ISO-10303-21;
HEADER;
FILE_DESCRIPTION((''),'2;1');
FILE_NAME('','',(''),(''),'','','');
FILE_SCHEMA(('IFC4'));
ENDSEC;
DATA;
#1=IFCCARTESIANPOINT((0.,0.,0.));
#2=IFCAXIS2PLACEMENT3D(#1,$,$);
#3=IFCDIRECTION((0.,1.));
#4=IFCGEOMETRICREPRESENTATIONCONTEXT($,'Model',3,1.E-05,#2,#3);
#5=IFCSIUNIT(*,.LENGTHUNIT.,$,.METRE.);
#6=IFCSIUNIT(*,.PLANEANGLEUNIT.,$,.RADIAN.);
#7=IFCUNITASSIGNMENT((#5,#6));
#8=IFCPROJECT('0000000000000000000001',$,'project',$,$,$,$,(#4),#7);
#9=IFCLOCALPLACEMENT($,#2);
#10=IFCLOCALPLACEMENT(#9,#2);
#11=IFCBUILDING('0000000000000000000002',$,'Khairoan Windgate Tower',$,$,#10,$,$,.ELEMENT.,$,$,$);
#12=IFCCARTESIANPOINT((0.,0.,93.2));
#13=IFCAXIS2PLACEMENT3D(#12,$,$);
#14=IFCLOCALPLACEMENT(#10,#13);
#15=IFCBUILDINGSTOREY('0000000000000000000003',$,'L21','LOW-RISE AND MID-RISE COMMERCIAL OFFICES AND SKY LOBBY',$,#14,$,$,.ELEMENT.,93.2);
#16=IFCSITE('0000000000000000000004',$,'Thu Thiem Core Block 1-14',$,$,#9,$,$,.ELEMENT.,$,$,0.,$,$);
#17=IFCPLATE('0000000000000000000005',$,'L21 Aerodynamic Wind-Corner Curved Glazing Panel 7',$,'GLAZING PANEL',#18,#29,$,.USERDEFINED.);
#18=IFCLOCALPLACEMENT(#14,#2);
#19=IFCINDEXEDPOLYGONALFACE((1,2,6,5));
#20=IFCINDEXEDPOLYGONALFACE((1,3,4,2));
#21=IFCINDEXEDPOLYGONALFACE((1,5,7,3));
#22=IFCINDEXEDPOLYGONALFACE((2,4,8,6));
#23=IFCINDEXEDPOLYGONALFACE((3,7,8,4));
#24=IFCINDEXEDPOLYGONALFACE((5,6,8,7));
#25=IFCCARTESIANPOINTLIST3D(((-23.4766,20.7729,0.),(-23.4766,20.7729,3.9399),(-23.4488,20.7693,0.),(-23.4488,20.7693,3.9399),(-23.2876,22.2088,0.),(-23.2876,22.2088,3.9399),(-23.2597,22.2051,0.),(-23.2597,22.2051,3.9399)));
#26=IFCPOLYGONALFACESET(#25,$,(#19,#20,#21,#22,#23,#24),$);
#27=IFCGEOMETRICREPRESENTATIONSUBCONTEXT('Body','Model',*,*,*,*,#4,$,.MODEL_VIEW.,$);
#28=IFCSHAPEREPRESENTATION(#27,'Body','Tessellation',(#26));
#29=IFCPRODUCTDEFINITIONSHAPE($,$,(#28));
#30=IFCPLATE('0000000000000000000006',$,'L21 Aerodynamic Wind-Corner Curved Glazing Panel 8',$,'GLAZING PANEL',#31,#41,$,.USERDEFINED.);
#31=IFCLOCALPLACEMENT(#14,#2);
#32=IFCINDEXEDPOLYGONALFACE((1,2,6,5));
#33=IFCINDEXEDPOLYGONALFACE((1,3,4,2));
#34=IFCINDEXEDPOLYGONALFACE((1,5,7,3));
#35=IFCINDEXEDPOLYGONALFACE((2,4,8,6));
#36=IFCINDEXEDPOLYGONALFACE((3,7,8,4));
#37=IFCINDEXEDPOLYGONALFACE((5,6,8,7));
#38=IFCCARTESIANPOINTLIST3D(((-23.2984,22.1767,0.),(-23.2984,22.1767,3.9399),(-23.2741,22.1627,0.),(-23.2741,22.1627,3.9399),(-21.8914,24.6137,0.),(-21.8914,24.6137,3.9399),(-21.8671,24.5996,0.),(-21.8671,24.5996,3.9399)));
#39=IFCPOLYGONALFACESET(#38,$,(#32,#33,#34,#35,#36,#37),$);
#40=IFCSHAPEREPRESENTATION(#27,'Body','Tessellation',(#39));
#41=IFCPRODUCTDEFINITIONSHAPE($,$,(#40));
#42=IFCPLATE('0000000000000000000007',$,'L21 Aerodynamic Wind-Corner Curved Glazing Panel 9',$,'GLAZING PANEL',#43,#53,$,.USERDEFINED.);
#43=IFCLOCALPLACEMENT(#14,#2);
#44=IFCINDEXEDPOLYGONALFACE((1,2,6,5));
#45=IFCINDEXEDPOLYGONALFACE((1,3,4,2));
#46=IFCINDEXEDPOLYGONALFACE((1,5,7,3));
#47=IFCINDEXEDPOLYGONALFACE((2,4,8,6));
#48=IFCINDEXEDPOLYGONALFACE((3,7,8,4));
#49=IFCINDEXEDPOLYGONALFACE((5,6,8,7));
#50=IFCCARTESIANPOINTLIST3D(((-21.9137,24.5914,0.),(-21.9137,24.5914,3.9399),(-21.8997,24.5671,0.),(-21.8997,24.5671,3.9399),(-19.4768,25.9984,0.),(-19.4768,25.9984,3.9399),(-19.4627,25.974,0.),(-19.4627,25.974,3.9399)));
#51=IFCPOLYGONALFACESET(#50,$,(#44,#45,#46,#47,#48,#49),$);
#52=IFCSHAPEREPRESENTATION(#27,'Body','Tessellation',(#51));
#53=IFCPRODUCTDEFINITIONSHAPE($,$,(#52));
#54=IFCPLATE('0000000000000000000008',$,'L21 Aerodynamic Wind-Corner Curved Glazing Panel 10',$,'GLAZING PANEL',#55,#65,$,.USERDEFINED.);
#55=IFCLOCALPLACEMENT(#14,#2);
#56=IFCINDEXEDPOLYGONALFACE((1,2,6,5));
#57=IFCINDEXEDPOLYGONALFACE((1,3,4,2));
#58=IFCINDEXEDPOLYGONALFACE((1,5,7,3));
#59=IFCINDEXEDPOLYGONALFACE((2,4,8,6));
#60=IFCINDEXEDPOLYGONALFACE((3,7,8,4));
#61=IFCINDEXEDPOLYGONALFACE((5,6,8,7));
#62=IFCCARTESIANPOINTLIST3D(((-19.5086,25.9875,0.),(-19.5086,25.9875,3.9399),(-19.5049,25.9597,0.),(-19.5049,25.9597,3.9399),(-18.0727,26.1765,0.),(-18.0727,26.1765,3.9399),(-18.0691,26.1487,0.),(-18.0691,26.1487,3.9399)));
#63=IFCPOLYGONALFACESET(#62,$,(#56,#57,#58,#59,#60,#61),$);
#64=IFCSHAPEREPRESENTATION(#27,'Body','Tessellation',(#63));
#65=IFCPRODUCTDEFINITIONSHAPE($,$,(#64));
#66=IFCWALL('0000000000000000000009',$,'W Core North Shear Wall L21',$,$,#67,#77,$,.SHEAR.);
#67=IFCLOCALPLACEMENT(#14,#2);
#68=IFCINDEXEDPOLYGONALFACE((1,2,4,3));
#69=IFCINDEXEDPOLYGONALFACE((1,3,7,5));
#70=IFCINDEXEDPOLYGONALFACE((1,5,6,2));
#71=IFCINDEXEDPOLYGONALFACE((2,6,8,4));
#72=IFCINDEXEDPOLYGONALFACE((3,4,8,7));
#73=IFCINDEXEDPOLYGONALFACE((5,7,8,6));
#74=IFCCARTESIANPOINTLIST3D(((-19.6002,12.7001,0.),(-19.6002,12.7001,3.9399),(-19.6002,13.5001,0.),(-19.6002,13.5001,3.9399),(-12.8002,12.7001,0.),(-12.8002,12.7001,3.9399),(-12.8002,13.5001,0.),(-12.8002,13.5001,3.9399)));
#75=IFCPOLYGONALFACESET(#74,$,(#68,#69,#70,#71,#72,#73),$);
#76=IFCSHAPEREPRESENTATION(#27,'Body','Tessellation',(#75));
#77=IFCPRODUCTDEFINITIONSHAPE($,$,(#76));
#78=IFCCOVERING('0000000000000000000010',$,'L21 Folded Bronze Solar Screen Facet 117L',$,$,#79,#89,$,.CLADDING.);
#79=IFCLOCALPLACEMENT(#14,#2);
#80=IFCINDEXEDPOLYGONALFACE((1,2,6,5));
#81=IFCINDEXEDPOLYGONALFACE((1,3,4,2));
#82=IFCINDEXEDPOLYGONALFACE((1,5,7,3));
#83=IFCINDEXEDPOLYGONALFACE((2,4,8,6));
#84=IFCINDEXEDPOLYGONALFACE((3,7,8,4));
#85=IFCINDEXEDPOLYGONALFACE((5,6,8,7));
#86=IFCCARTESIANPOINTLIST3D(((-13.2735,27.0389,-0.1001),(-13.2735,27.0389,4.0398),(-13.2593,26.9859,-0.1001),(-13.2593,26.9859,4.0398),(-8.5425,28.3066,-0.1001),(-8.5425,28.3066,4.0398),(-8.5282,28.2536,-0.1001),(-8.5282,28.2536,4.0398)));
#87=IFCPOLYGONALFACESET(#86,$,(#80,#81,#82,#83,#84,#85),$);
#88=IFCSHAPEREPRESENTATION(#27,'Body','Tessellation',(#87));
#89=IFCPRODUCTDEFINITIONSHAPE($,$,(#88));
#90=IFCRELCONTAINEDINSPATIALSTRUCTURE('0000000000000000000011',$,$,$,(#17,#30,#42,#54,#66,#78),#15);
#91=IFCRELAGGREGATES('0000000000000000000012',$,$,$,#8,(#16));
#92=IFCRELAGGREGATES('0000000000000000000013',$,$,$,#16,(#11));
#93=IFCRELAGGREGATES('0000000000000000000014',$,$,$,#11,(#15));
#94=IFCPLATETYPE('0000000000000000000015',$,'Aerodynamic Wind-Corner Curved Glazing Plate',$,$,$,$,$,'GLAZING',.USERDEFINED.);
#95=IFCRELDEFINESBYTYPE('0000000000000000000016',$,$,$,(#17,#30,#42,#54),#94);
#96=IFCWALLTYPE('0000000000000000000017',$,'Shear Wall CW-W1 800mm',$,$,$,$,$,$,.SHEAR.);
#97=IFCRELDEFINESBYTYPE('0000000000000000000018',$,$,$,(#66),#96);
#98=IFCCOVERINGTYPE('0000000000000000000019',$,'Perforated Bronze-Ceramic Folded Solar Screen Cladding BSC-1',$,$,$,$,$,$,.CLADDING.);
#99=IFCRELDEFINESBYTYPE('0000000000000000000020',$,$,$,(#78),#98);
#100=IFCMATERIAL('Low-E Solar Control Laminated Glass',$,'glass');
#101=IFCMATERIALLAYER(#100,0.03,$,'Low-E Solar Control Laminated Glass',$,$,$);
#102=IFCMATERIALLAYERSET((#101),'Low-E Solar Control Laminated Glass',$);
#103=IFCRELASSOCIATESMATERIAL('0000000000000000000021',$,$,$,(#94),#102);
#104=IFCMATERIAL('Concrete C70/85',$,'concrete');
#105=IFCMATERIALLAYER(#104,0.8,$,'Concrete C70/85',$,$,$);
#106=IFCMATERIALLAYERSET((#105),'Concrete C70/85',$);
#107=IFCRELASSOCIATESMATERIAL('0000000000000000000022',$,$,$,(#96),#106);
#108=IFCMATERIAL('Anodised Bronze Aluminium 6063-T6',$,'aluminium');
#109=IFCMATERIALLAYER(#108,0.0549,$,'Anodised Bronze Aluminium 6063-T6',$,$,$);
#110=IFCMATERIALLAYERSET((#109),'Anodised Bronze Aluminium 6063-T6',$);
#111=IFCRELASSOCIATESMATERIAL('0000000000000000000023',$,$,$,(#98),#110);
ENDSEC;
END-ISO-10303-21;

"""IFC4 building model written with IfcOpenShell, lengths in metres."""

from ifc_helpers import new_model, si_unit, direction, frame, frame_2d, origin, origin_2d, place, context, subcontext, project, spatial, rectangle, extrude, material, layer, layer_set, type_object, element, save


model = new_model("IFC4")

# Units and contexts
model_context = context("Model", 3, precision=1e-05, world=origin(), true_north=direction((0.0, 1.0)))
body_context = subcontext(model_context, "Body", "Model", "MODEL_VIEW")
ifc_project = project(units=[si_unit("LENGTHUNIT", "METRE"), si_unit("PLANEANGLEUNIT", "RADIAN")], contexts=[model_context])

# Site, building, storey
site_placement = place(None, origin())
site = spatial("IfcSite", under=ifc_project, at=site_placement, Name="Thu Thiem Core Block 1-14", CompositionType="ELEMENT", RefElevation=0.0)
building_placement = place(site_placement, origin())
building = spatial("IfcBuilding", under=site, at=building_placement, Name="Khairoan Windgate Tower", CompositionType="ELEMENT")
storey_placement = place(building_placement, frame((0.0, 0.0, 93.2)))
storey = spatial("IfcBuildingStorey", under=building, at=storey_placement, Name="L21", Description="LOW-RISE AND MID-RISE COMMERCIAL OFFICES AND SKY LOBBY", CompositionType="ELEMENT", Elevation=93.2)

# Plates
ifc_material_1 = material(Name="Low-E Solar Control Laminated Glass", Category="glass")
ifc_layer_1 = layer(ifc_material_1, 0.03, Name="Low-E Solar Control Laminated Glass")
ifc_layer_set_1 = layer_set([ifc_layer_1], Name="Low-E Solar Control Laminated Glass")
plate_type_1 = type_object("IfcPlateType", Name="Aerodynamic Wind-Corner Curved Glazing Plate", ElementType="GLAZING", PredefinedType="USERDEFINED", material=ifc_layer_set_1)
plate_1_placement = place(storey_placement, frame((-23.3682, 21.489, 0.0), z_axis=(0.0, 0.0, 1.0), x_axis=(0.130526, 0.991445, 0.0)))
element("IfcPlate", 1, at=plate_1_placement, inside=storey, type_object=plate_type_1, Name="L21 Aerodynamic Wind-Corner Curved Glazing Panel 7", ObjectType="GLAZING PANEL", PredefinedType="USERDEFINED", context=body_context, shape_type="SweptSolid", body=[
    extrude(rectangle(XDim=1.4482, YDim=0.0281, at=origin_2d()), origin(), (0.0, 0.0, 1.0), 3.9399),
])
for number, where, z_axis, x_axis, name in (
    (2, (-22.5828, 23.3882, 0.0), (0.0, 0.0, 1.0), (0.5, 0.866025, 0.0), "L21 Aerodynamic Wind-Corner Curved Glazing Panel 8"),
    (3, (-20.6882, 25.2827, 0.0), (0.0, 0.0, 1.0), (0.866025, 0.5, 0.0), "L21 Aerodynamic Wind-Corner Curved Glazing Panel 9"),
):
    element("IfcPlate", number, at=place(storey_placement, frame(where, z_axis=z_axis, x_axis=x_axis)), inside=storey, type_object=plate_type_1, Name=name, ObjectType="GLAZING PANEL", PredefinedType="USERDEFINED", context=body_context, shape_type="SweptSolid", body=[
        extrude(rectangle(XDim=2.814, YDim=0.0281, at=origin_2d()), origin(), (0.0, 0.0, 1.0), 3.9399),
    ])
plate_2_placement = place(storey_placement, frame((-18.7888, 26.0681, 0.0), z_axis=(0.0, 0.0, 1.0), x_axis=(0.991445, 0.130526, 0.0)))
element("IfcPlate", 4, at=plate_2_placement, inside=storey, type_object=plate_type_1, Name="L21 Aerodynamic Wind-Corner Curved Glazing Panel 10", ObjectType="GLAZING PANEL", PredefinedType="USERDEFINED", context=body_context, shape_type="SweptSolid", body=[
    extrude(rectangle(XDim=1.4482, YDim=0.0281, at=origin_2d()), origin(), (0.0, 0.0, 1.0), 3.9399),
])

# Wall
ifc_material_2 = material(Name="Concrete C70/85", Category="concrete")
ifc_layer_2 = layer(ifc_material_2, 0.8, Name="Concrete C70/85")
ifc_layer_set_2 = layer_set([ifc_layer_2], Name="Concrete C70/85")
wall_type = type_object("IfcWallType", Name="Shear Wall CW-W1 800mm", PredefinedType="SHEAR", material=ifc_layer_set_2)
wall_placement = place(storey_placement, frame((-19.6001, 13.1001, 0.0), z_axis=(0.0, 0.0, 1.0), x_axis=(1.0, 0.0, 0.0)))
element("IfcWall", 5, at=wall_placement, inside=storey, type_object=wall_type, Name="W Core North Shear Wall L21", PredefinedType="SHEAR", context=body_context, shape_type="SweptSolid", body=[
    extrude(rectangle(XDim=6.8, YDim=0.8, at=frame_2d((3.3999, 0.0))), origin(), (0.0, 0.0, 1.0), 3.9399),
])

# Covering
ifc_material_3 = material(Name="Anodised Bronze Aluminium 6063-T6", Category="aluminium")
ifc_layer_3 = layer(ifc_material_3, 0.0549, Name="Anodised Bronze Aluminium 6063-T6")
ifc_layer_set_3 = layer_set([ifc_layer_3], Name="Anodised Bronze Aluminium 6063-T6")
covering_type = type_object("IfcCoveringType", Name="Perforated Bronze-Ceramic Folded Solar Screen Cladding BSC-1", PredefinedType="CLADDING", material=ifc_layer_set_3)
covering_placement = place(storey_placement, frame((-10.9009, 27.6462, -0.1001), z_axis=(0.0, 0.0, 1.0), x_axis=(0.965926, 0.258819, 0.0)))
element("IfcCovering", 6, at=covering_placement, inside=storey, type_object=covering_type, Name="L21 Folded Bronze Solar Screen Facet 117L", PredefinedType="CLADDING", context=body_context, shape_type="SweptSolid", body=[
    extrude(rectangle(XDim=4.8979, YDim=0.0549, at=origin_2d()), origin(), (0.0, 0.0, 1.0), 4.1399),
])

save(model, "model.ifc")
